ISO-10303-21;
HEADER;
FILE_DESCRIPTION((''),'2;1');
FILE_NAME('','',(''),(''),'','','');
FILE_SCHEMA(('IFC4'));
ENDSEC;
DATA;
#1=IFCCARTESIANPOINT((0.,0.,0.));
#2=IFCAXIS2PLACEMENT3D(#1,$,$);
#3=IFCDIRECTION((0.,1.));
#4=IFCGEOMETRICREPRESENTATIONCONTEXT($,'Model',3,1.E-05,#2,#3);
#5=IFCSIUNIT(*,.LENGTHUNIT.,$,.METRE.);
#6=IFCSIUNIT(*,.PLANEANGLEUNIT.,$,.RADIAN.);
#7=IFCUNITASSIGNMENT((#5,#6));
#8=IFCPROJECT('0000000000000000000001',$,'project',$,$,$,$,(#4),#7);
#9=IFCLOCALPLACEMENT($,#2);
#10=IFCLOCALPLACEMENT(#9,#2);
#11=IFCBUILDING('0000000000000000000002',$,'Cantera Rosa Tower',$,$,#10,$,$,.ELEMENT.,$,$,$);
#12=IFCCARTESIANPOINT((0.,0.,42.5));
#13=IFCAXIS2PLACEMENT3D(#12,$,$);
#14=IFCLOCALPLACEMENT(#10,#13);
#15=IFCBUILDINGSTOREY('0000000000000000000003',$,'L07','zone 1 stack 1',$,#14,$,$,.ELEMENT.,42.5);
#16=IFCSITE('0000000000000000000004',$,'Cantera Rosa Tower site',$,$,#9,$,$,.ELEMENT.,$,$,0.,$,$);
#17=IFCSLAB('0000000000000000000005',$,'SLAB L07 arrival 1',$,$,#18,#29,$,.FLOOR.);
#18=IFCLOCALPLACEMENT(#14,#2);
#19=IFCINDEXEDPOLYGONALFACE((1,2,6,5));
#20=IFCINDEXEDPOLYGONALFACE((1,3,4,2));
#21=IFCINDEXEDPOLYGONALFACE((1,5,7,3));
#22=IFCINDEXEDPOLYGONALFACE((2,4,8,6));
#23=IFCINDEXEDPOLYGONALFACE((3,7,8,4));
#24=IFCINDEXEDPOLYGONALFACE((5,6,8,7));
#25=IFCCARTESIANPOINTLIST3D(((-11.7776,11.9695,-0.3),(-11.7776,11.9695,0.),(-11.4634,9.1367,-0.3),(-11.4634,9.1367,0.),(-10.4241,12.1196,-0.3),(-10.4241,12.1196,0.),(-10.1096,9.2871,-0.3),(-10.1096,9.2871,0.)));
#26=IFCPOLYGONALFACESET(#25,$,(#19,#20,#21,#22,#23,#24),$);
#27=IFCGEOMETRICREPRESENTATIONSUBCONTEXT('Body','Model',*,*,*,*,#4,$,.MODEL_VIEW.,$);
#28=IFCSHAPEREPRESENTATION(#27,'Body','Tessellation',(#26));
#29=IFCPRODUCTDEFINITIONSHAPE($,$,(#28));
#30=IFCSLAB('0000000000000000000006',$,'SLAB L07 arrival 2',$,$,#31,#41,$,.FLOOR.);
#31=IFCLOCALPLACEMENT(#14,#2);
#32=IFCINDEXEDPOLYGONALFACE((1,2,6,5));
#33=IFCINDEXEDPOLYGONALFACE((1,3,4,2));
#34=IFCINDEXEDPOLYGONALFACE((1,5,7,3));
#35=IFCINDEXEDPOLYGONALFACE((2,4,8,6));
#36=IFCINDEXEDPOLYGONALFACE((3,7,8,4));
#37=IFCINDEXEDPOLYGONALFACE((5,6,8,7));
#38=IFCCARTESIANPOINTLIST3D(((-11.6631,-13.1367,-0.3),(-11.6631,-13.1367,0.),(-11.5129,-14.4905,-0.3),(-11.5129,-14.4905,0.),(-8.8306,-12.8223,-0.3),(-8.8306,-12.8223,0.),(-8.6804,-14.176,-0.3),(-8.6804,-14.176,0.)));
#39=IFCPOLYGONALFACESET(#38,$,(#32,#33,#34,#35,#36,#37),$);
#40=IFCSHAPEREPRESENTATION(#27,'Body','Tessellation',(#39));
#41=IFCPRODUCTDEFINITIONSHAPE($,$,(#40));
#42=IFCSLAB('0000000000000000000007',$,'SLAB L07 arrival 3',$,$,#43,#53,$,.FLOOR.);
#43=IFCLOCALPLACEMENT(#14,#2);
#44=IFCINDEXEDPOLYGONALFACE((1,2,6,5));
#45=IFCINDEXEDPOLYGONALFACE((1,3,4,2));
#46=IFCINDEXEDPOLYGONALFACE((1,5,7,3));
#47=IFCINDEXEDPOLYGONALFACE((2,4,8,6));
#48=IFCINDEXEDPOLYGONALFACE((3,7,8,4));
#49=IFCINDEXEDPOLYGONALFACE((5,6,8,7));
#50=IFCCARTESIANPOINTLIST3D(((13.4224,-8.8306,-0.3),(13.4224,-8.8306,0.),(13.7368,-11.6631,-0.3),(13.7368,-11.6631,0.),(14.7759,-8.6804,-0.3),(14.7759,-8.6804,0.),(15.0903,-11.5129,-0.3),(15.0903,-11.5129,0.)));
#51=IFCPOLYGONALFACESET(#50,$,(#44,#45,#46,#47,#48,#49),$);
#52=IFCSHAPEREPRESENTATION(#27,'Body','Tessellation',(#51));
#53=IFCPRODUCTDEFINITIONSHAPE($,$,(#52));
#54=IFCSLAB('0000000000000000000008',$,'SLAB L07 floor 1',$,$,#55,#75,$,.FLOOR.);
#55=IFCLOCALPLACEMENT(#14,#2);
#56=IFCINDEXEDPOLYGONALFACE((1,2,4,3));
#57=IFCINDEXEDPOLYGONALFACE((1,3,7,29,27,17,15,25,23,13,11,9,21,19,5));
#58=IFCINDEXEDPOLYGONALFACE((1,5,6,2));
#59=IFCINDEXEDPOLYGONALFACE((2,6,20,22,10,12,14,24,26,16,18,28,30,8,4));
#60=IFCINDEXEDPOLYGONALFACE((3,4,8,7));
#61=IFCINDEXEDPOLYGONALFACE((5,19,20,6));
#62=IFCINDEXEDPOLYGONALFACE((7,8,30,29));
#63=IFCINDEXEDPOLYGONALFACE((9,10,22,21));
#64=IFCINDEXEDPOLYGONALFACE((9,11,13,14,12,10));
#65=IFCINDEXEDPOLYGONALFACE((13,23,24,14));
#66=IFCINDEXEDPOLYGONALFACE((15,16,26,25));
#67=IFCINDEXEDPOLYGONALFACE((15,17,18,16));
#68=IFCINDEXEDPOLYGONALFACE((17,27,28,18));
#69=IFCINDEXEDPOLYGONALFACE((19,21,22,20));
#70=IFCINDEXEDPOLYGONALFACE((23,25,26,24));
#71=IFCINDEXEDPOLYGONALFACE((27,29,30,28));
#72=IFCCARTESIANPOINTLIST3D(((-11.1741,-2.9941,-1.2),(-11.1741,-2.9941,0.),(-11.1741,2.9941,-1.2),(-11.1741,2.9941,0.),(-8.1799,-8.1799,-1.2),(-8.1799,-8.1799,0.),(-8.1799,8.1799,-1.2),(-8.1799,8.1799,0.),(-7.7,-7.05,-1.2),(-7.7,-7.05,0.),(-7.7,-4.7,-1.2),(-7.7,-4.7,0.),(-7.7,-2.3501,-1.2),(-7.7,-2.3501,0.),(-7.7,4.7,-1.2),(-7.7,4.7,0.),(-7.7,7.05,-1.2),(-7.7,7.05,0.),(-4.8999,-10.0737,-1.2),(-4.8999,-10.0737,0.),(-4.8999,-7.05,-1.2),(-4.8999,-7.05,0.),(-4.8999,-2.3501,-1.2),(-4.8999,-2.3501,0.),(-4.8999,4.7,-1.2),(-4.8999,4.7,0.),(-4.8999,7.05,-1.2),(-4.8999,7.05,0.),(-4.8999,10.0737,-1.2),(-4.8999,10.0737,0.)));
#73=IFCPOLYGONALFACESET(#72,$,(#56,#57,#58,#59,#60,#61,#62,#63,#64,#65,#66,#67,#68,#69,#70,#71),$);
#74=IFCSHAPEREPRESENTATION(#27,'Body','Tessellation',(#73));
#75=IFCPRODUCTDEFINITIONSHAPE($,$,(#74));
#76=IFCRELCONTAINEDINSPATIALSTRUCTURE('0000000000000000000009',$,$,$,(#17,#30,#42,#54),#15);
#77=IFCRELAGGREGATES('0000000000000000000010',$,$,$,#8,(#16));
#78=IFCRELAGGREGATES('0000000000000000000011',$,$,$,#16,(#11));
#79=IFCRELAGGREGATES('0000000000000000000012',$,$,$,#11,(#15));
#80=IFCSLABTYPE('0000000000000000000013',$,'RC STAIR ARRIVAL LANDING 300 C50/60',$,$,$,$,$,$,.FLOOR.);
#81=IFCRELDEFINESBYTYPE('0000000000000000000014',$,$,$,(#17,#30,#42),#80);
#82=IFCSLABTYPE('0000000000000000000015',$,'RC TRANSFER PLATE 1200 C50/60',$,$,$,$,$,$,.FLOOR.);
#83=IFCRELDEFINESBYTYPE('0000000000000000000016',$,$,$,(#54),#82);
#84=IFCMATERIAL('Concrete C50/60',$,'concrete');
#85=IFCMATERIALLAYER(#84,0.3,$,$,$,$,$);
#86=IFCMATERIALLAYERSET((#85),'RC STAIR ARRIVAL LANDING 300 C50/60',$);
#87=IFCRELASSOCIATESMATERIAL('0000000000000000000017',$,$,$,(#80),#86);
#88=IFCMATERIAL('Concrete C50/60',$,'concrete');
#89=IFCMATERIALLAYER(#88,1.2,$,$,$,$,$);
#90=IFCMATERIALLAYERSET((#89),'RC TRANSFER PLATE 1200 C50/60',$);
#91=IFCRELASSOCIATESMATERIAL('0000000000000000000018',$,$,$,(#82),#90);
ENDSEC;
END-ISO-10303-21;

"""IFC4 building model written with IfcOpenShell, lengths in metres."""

from ifc_helpers import new_model, si_unit, direction, frame, origin, place, context, subcontext, project, spatial, polyline, outline, extrude, material, layer, layer_set, type_object, element, save


model = new_model("IFC4")

# Units and contexts
model_context = context("Model", 3, precision=1e-05, world=origin(), true_north=direction((0.0, 1.0)))
body_context = subcontext(model_context, "Body", "Model", "MODEL_VIEW")
ifc_project = project(units=[si_unit("LENGTHUNIT", "METRE"), si_unit("PLANEANGLEUNIT", "RADIAN")], contexts=[model_context])

# Site, building, storey
site_placement = place(None, origin())
site = spatial("IfcSite", under=ifc_project, at=site_placement, Name="Cantera Rosa Tower site", CompositionType="ELEMENT", RefElevation=0.0)
building_placement = place(site_placement, origin())
building = spatial("IfcBuilding", under=site, at=building_placement, Name="Cantera Rosa Tower", CompositionType="ELEMENT")
storey_placement = place(building_placement, frame((0.0, 0.0, 42.5)))
storey = spatial("IfcBuildingStorey", under=building, at=storey_placement, Name="L07", Description="zone 1 stack 1", CompositionType="ELEMENT", Elevation=42.5)

# Slabs
ifc_material_1 = material(Name="Concrete C50/60", Category="concrete")
ifc_layer_1 = layer(ifc_material_1, 0.3)
ifc_layer_set_1 = layer_set([ifc_layer_1], Name="RC STAIR ARRIVAL LANDING 300 C50/60")
slab_type_1 = type_object("IfcSlabType", Name="RC STAIR ARRIVAL LANDING 300 C50/60", PredefinedType="FLOOR", material=ifc_layer_set_1)
slab_1_placement = place(storey_placement, frame((0.0, 0.0, -0.3)))
element("IfcSlab", 1, at=slab_1_placement, inside=storey, type_object=slab_type_1, Name="SLAB L07 arrival 1", PredefinedType="FLOOR", context=body_context, shape_type="SweptSolid", body=[
    extrude(outline(polyline([(-10.4241, 12.1196), (-10.1096, 9.2871), (-11.4634, 9.1367), (-11.7776, 11.9695), (-10.4241, 12.1196)])), origin(), (0.0, 0.0, 1.0), 0.3),
])
slab_2_placement = place(storey_placement, frame((0.0, 0.0, -0.3)))
element("IfcSlab", 2, at=slab_2_placement, inside=storey, type_object=slab_type_1, Name="SLAB L07 arrival 2", PredefinedType="FLOOR", context=body_context, shape_type="SweptSolid", body=[
    extrude(outline(polyline([(-8.6804, -14.176), (-11.5129, -14.4905), (-11.6631, -13.1367), (-8.8306, -12.8223), (-8.6804, -14.176)])), origin(), (0.0, 0.0, 1.0), 0.3),
])
slab_3_placement = place(storey_placement, frame((0.0, 0.0, -0.3)))
element("IfcSlab", 3, at=slab_3_placement, inside=storey, type_object=slab_type_1, Name="SLAB L07 arrival 3", PredefinedType="FLOOR", context=body_context, shape_type="SweptSolid", body=[
    extrude(outline(polyline([(14.7759, -8.6804), (15.0903, -11.5129), (13.7368, -11.6631), (13.4224, -8.8306), (14.7759, -8.6804)])), origin(), (0.0, 0.0, 1.0), 0.3),
])
ifc_material_2 = material(Name="Concrete C50/60", Category="concrete")
ifc_layer_2 = layer(ifc_material_2, 1.2)
ifc_layer_set_2 = layer_set([ifc_layer_2], Name="RC TRANSFER PLATE 1200 C50/60")
slab_type_2 = type_object("IfcSlabType", Name="RC TRANSFER PLATE 1200 C50/60", PredefinedType="FLOOR", material=ifc_layer_set_2)
slab_4_placement = place(storey_placement, frame((0.0, 0.0, -1.2)))
element("IfcSlab", 4, at=slab_4_placement, inside=storey, type_object=slab_type_2, Name="SLAB L07 floor 1", PredefinedType="FLOOR", context=body_context, shape_type="SweptSolid", body=[
    extrude(outline(polyline([(-4.8999, -7.05), (-4.8999, -10.0737), (-8.1799, -8.1799), (-11.1741, -2.9941), (-11.1741, 2.9941), (-8.1799, 8.1799), (-4.8999, 10.0737), (-4.8999, 7.05), (-7.7, 7.05), (-7.7, 4.7), (-4.8999, 4.7), (-4.8999, -2.3501), (-7.7, -2.3501), (-7.7, -4.7), (-7.7, -7.05), (-4.8999, -7.05)])), origin(), (0.0, 0.0, 1.0), 1.2),
])

save(model, "model.ifc")
